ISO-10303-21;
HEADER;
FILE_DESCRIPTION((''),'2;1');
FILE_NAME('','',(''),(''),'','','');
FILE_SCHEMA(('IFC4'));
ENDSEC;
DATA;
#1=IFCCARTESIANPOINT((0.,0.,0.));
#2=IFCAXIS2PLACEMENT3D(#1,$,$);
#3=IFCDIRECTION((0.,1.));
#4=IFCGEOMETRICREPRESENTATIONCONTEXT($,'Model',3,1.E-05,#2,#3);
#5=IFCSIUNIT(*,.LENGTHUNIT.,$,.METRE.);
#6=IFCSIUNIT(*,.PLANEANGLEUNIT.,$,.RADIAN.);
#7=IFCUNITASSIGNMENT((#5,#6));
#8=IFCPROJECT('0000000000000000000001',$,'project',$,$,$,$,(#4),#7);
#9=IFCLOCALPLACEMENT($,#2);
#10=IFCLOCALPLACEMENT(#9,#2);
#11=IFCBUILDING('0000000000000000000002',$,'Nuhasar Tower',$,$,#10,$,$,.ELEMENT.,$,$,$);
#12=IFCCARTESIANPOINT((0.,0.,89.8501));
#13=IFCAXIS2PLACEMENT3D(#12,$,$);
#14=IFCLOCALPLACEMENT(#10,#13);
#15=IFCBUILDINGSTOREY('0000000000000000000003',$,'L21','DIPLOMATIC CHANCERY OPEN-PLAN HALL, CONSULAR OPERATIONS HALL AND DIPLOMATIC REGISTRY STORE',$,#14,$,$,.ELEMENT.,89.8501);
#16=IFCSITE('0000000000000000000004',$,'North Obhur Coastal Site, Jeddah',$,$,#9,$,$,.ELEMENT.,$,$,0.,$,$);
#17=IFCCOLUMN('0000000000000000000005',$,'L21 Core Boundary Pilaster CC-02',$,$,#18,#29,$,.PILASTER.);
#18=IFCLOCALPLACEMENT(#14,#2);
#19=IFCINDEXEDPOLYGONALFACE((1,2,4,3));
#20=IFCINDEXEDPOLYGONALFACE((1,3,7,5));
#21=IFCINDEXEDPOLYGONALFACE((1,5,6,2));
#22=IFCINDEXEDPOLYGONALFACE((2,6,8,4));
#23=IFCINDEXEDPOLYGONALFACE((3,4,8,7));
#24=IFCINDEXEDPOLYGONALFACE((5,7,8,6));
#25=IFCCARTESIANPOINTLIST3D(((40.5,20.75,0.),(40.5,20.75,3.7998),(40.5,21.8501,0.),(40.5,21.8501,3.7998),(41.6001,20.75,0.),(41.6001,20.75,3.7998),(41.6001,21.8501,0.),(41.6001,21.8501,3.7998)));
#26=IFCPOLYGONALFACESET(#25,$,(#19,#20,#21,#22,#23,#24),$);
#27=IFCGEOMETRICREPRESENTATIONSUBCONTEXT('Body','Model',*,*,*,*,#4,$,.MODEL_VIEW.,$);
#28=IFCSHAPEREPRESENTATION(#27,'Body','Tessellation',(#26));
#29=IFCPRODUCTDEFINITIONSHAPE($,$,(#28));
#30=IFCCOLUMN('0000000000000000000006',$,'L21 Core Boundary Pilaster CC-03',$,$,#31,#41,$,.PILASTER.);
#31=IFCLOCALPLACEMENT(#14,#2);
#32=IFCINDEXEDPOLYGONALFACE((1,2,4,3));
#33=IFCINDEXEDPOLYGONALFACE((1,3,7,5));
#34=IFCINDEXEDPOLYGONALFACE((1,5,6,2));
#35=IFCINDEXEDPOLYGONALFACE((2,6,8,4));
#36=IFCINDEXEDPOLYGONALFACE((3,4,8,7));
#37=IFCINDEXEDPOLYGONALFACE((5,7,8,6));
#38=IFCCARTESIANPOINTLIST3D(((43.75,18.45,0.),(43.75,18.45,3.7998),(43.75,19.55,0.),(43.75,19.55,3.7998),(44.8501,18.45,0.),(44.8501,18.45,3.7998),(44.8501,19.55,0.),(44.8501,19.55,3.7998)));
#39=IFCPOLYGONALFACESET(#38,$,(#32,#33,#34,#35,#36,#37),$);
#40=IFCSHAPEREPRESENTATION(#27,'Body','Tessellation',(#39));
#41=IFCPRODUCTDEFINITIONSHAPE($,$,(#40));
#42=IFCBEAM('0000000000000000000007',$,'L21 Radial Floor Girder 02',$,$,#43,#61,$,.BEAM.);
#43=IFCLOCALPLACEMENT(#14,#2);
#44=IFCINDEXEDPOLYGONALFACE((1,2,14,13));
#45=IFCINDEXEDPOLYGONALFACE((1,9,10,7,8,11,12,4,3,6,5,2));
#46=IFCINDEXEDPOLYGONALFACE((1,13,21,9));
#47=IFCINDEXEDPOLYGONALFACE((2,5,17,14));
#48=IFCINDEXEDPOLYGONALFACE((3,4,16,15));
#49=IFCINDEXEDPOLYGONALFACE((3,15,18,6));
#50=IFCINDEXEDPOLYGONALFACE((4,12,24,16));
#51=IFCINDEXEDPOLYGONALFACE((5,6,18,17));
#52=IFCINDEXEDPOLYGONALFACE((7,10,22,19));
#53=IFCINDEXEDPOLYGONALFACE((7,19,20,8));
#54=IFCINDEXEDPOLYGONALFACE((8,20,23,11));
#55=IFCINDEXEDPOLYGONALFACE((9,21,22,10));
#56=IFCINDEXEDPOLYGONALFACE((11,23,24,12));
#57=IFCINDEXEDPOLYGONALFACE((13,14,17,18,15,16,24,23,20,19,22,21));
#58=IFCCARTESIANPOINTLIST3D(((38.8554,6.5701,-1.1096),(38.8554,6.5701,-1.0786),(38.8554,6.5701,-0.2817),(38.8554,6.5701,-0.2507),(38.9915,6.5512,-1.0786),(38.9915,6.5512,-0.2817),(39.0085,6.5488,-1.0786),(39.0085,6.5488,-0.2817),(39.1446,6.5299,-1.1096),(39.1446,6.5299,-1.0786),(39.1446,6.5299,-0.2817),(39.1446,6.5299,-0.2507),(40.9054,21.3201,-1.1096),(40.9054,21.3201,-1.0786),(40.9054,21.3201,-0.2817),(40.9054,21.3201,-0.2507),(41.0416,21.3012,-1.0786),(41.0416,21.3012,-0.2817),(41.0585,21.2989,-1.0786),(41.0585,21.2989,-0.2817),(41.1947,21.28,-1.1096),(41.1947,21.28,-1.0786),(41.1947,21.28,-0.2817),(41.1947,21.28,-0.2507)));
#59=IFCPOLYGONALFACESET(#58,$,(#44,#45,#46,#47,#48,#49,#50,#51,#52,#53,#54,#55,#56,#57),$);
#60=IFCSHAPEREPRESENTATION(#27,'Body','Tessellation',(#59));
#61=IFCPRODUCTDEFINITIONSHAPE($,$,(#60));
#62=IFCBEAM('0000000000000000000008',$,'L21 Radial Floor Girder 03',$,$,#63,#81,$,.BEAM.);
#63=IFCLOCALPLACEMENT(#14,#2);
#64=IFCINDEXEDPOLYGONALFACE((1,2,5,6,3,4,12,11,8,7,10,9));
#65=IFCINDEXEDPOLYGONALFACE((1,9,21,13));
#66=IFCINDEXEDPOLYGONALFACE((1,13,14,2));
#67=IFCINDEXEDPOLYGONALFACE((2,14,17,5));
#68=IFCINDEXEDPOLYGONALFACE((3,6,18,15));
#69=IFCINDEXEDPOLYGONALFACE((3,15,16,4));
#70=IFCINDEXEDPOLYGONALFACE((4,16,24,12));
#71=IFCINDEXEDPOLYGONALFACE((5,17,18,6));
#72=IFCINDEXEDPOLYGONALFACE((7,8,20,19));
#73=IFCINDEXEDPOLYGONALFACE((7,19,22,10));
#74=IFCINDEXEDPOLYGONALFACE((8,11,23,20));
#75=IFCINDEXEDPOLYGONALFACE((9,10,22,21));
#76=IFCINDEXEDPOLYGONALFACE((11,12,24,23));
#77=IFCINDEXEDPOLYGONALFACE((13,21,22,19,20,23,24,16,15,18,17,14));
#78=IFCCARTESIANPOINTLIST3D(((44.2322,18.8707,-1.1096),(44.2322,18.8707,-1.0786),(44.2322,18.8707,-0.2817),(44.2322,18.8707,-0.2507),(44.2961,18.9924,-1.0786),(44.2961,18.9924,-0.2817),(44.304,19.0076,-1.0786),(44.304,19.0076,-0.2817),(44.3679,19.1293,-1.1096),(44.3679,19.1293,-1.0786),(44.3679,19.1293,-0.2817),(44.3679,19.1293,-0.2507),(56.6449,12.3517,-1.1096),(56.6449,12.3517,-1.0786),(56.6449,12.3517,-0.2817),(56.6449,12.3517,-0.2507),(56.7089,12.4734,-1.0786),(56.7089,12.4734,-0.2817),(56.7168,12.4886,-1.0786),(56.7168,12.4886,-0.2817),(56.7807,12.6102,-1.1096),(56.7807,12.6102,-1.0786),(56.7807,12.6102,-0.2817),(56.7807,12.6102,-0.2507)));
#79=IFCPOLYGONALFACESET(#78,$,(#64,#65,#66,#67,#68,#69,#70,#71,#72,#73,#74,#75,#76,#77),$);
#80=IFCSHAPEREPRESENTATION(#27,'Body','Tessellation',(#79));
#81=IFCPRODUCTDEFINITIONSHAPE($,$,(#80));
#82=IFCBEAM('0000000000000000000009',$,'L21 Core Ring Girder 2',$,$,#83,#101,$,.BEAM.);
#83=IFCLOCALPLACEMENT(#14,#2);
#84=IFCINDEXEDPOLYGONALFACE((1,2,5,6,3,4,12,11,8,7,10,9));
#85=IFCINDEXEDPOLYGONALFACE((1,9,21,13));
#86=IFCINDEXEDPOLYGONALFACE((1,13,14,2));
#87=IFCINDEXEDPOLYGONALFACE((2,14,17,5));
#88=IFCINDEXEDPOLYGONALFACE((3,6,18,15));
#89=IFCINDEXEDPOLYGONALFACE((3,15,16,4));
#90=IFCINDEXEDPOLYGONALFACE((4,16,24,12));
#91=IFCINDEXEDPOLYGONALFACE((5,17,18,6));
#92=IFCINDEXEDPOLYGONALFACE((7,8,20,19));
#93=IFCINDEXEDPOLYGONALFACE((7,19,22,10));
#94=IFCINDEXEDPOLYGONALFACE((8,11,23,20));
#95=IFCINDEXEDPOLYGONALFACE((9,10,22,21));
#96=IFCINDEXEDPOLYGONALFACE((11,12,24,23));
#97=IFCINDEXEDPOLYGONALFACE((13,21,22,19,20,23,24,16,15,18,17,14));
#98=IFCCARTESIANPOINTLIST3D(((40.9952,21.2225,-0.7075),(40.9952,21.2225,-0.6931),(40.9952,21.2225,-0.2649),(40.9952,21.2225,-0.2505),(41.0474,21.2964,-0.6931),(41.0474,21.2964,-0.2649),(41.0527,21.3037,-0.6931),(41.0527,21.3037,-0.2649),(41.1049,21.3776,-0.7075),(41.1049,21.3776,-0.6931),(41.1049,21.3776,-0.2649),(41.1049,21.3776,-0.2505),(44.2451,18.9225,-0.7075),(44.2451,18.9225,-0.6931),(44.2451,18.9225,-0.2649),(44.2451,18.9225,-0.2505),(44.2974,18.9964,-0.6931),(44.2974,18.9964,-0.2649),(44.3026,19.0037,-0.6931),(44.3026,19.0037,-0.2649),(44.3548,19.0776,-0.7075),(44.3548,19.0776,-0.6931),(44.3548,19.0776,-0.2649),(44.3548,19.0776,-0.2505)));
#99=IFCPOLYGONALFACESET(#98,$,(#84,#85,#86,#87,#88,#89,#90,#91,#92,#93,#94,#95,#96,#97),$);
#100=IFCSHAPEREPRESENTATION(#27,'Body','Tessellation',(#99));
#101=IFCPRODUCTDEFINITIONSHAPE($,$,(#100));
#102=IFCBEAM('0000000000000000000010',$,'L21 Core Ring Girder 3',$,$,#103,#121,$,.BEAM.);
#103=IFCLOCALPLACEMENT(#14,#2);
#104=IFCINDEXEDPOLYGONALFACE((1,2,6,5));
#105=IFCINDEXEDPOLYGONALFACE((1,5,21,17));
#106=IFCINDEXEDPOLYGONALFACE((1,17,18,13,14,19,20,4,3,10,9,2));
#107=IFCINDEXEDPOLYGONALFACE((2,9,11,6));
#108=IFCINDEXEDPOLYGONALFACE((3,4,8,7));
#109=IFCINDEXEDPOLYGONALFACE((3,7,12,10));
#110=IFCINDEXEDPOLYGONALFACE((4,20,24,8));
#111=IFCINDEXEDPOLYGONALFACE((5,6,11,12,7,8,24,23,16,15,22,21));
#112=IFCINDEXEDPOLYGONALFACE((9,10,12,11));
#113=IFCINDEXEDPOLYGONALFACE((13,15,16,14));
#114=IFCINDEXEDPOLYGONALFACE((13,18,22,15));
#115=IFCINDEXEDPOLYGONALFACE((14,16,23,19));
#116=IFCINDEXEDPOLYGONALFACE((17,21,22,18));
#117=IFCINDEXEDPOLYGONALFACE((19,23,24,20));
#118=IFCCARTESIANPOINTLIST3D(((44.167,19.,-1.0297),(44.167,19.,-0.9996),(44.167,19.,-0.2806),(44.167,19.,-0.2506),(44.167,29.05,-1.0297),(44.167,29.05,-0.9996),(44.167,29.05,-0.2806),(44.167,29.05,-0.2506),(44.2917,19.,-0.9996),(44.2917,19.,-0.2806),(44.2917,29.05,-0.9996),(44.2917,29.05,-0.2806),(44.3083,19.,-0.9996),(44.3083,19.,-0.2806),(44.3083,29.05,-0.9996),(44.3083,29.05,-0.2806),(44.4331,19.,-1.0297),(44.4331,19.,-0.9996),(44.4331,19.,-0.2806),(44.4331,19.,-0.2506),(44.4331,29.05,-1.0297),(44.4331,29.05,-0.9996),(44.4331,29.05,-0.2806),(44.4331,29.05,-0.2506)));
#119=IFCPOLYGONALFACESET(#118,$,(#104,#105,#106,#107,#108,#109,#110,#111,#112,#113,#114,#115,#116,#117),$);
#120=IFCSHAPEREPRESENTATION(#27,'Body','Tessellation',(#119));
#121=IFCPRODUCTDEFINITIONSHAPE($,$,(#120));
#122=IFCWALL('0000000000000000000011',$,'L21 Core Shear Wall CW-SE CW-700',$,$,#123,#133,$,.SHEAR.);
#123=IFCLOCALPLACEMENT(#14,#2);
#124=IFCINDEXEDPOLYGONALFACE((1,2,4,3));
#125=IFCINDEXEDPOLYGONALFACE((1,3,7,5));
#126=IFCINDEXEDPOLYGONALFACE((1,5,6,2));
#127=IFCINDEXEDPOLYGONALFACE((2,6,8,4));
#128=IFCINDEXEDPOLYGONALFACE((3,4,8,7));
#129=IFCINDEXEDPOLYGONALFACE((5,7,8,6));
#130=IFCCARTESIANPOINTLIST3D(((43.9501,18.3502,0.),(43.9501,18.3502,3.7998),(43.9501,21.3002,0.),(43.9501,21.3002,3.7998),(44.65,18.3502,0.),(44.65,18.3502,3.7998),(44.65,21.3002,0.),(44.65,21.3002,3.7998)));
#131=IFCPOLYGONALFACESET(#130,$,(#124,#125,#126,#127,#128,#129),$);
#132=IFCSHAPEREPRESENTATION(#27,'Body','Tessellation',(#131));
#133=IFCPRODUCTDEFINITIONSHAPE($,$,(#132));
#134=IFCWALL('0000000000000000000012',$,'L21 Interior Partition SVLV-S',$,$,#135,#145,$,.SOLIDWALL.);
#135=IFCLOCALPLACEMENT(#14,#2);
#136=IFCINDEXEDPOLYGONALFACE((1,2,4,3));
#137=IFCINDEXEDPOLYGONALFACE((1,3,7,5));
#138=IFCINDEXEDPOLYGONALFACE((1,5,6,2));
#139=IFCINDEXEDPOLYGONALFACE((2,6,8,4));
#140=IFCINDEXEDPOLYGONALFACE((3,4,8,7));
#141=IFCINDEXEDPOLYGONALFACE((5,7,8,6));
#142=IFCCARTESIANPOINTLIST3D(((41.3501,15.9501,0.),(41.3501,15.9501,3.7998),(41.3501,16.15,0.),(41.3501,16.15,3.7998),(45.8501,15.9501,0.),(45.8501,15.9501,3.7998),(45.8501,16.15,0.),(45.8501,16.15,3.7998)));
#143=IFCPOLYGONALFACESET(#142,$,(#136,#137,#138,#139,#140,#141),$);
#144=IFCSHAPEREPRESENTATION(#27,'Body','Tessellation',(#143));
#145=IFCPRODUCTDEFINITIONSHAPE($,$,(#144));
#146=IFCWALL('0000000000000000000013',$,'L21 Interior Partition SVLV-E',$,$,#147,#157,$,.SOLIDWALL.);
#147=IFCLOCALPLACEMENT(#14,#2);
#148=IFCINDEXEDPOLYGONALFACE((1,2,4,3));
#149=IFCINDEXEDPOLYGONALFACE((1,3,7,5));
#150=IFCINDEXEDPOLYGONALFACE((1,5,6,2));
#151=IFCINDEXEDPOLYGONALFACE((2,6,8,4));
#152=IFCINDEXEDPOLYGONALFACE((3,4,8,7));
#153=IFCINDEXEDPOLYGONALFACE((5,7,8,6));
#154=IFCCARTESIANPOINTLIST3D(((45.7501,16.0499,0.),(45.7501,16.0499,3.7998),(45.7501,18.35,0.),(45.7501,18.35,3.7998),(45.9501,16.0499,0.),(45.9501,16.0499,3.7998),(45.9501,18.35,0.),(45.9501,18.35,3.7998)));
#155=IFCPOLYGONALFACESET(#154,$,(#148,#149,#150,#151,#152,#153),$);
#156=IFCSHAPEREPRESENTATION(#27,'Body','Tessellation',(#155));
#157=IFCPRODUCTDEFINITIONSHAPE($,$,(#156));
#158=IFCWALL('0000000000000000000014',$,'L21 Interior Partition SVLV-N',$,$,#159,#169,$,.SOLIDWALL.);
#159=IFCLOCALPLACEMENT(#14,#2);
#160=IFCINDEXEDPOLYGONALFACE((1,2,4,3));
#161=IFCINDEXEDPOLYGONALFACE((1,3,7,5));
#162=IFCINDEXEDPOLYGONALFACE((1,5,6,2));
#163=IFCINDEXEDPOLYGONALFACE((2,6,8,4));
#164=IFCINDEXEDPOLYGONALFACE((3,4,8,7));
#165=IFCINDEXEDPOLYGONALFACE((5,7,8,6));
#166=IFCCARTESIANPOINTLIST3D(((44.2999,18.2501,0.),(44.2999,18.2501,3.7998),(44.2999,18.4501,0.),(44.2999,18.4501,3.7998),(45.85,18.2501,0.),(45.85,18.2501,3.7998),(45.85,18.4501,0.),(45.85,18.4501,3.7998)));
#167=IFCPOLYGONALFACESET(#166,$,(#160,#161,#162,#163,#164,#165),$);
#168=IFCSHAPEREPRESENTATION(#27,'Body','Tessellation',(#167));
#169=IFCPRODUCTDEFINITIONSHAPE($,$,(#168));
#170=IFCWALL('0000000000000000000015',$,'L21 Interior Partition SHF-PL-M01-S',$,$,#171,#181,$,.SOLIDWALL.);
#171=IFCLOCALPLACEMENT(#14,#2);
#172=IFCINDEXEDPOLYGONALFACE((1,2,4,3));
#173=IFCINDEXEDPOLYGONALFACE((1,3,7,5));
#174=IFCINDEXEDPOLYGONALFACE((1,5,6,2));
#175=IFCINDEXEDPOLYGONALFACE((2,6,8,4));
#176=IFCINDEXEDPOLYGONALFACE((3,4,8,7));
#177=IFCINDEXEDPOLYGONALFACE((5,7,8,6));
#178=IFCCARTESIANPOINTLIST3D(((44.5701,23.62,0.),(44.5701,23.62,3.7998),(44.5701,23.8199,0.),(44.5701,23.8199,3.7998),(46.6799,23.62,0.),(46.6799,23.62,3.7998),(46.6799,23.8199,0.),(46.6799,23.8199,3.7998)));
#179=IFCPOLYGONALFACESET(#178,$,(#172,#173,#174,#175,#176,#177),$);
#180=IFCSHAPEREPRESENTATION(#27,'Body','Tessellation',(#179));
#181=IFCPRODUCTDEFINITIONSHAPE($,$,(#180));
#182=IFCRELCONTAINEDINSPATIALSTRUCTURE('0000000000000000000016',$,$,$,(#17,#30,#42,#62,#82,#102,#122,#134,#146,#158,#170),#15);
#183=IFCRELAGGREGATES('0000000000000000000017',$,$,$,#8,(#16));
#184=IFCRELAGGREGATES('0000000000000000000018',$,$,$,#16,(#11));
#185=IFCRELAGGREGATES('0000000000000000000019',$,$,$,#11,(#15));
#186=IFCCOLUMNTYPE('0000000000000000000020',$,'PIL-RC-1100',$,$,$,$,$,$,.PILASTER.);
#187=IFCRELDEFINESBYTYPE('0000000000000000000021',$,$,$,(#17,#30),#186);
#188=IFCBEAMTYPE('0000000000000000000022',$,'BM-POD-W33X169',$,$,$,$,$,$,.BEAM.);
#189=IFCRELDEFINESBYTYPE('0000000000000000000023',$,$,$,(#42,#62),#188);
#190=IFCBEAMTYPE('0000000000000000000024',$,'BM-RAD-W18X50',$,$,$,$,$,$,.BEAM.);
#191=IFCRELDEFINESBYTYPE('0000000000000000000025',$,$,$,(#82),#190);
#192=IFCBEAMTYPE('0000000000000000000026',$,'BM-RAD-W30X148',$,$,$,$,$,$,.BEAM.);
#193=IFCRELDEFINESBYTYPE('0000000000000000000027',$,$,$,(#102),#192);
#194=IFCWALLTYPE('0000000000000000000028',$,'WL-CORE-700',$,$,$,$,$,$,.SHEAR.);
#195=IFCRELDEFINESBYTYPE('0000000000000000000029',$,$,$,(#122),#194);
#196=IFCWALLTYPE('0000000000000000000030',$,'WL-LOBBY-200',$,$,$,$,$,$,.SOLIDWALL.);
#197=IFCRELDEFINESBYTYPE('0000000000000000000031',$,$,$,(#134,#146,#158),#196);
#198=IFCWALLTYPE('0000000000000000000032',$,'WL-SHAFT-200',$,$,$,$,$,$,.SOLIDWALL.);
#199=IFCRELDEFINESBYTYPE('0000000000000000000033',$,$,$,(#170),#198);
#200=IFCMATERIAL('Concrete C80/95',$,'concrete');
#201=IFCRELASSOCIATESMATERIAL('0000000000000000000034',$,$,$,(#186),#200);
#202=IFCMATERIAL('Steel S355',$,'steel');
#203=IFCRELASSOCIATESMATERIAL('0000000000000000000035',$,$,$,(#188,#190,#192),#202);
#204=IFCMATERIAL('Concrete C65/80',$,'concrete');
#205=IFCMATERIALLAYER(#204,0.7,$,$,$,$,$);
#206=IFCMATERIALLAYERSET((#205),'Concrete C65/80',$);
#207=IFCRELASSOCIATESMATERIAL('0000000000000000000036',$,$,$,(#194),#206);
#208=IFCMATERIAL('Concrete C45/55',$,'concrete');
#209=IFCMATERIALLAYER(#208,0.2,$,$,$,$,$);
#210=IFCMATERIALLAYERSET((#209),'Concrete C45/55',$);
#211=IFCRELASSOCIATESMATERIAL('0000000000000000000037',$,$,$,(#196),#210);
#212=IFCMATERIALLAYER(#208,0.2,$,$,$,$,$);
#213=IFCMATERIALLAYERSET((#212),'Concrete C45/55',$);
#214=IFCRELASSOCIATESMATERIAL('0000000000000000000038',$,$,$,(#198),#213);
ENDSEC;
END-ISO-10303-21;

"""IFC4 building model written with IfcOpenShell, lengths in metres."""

from ifc_helpers import new_model, si_unit, direction, frame, frame_2d, origin, origin_2d, place, context, subcontext, project, spatial, rectangle, i_section, extrude, material, layer, layer_set, material_profile, profile_set, type_object, element, save


model = new_model("IFC4")

# Units and contexts
model_context = context("Model", 3, precision=1e-05, world=origin(), true_north=direction((0.0, 1.0)))
body_context = subcontext(model_context, "Body", "Model", "MODEL_VIEW")
ifc_project = project(units=[si_unit("LENGTHUNIT", "METRE"), si_unit("PLANEANGLEUNIT", "RADIAN")], contexts=[model_context])

# Site, building, storey
site_placement = place(None, origin())
site = spatial("IfcSite", under=ifc_project, at=site_placement, Name="North Obhur Coastal Site, Jeddah", CompositionType="ELEMENT", RefElevation=0.0)
building_placement = place(site_placement, origin())
building = spatial("IfcBuilding", under=site, at=building_placement, Name="Nuhasar Tower", CompositionType="ELEMENT")
storey_placement = place(building_placement, frame((0.0, 0.0, 89.8501)))
storey = spatial("IfcBuildingStorey", under=building, at=storey_placement, Name="L21", Description="DIPLOMATIC CHANCERY OPEN-PLAN HALL, CONSULAR OPERATIONS HALL AND DIPLOMATIC REGISTRY STORE", CompositionType="ELEMENT", Elevation=89.8501)

# Columns
ifc_material_1 = material(Name="Concrete C80/95", Category="concrete")
ifc_material_profile_1 = material_profile(ifc_material_1, rectangle(XDim=1.1001, YDim=1.1001, at=origin_2d()), Name="RC1100X1100")
ifc_profile_set_1 = profile_set([ifc_material_profile_1], Name="Concrete C80/95")
column_type = type_object("IfcColumnType", Name="PIL-RC-1100", PredefinedType="PILASTER", material=ifc_profile_set_1)
for number, where, z_axis, x_axis, name in (
    (1, (41.05, 21.3, 0.0), (0.0, 0.0, 1.0), (1.0, 0.0, 0.0), "L21 Core Boundary Pilaster CC-02"),
    (2, (44.3, 19.0, 0.0), (0.0, 0.0, 1.0), (1.0, 0.0, 0.0), "L21 Core Boundary Pilaster CC-03"),
):
    element("IfcColumn", number, at=place(storey_placement, frame(where, z_axis=z_axis, x_axis=x_axis)), inside=storey, type_object=column_type, Name=name, PredefinedType="PILASTER", context=body_context, shape_type="SweptSolid", body=[
        extrude(rectangle(XDim=1.1001, YDim=1.1001, at=origin_2d()), origin(), (0.0, 0.0, 1.0), 3.7998),
    ])

# Beams
ifc_material_2 = material(Name="Steel S355", Category="steel")
ifc_material_profile_2 = material_profile(ifc_material_2, i_section(OverallWidth=0.292, OverallDepth=0.8589, WebThickness=0.0171, FlangeThickness=0.031, at=origin_2d()), Name="W33X169")
ifc_profile_set_2 = profile_set([ifc_material_profile_2], Name="Steel S355")
beam_type_1 = type_object("IfcBeamType", Name="BM-POD-W33X169", PredefinedType="BEAM", material=ifc_profile_set_2)
beam_1_placement = place(storey_placement, frame((41.05, 21.3, -0.6802), z_axis=(-0.137663, -0.990479, 0.0), x_axis=(0.990479, -0.137663, 0.0)))
element("IfcBeam", 3, at=beam_1_placement, inside=storey, type_object=beam_type_1, Name="L21 Radial Floor Girder 02", PredefinedType="BEAM", context=body_context, shape_type="SweptSolid", body=[
    extrude(i_section(OverallWidth=0.292, OverallDepth=0.8589, WebThickness=0.0171, FlangeThickness=0.031, at=origin_2d()), origin(), (0.0, 0.0, 1.0), 14.8918),
])
beam_2_placement = place(storey_placement, frame((44.3, 19.0, -0.6802), z_axis=(0.88533, -0.464963, 0.0), x_axis=(0.464963, 0.88533, 0.0)))
element("IfcBeam", 4, at=beam_2_placement, inside=storey, type_object=beam_type_1, Name="L21 Radial Floor Girder 03", PredefinedType="BEAM", context=body_context, shape_type="SweptSolid", body=[
    extrude(i_section(OverallWidth=0.292, OverallDepth=0.8589, WebThickness=0.0171, FlangeThickness=0.031, at=origin_2d()), origin(), (0.0, 0.0, 1.0), 14.0205),
])
ifc_material_profile_3 = material_profile(ifc_material_2, i_section(OverallWidth=0.1899, OverallDepth=0.457, WebThickness=0.009, FlangeThickness=0.0144, at=origin_2d()), Name="W18X50")
ifc_profile_set_3 = profile_set([ifc_material_profile_3], Name="Steel S355")
beam_type_2 = type_object("IfcBeamType", Name="BM-RAD-W18X50", PredefinedType="BEAM", material=ifc_profile_set_3)
beam_3_placement = place(storey_placement, frame((41.05, 21.3, -0.479), z_axis=(0.816265, -0.577677, 0.0), x_axis=(0.577677, 0.816265, 0.0)))
element("IfcBeam", 5, at=beam_3_placement, inside=storey, type_object=beam_type_2, Name="L21 Core Ring Girder 2", PredefinedType="BEAM", context=body_context, shape_type="SweptSolid", body=[
    extrude(i_section(OverallWidth=0.1899, OverallDepth=0.457, WebThickness=0.009, FlangeThickness=0.0144, at=origin_2d()), origin(), (0.0, 0.0, 1.0), 3.9814),
])
ifc_material_profile_4 = material_profile(ifc_material_2, i_section(OverallWidth=0.2661, OverallDepth=0.7791, WebThickness=0.0166, FlangeThickness=0.03, at=origin_2d()), Name="W30X148")
ifc_profile_set_4 = profile_set([ifc_material_profile_4], Name="Steel S355")
beam_type_3 = type_object("IfcBeamType", Name="BM-RAD-W30X148", PredefinedType="BEAM", material=ifc_profile_set_4)
beam_4_placement = place(storey_placement, frame((44.3, 19.0, -0.6401), z_axis=(0.0, 1.0, 0.0), x_axis=(-1.0, 0.0, 0.0)))
element("IfcBeam", 6, at=beam_4_placement, inside=storey, type_object=beam_type_3, Name="L21 Core Ring Girder 3", PredefinedType="BEAM", context=body_context, shape_type="SweptSolid", body=[
    extrude(i_section(OverallWidth=0.2661, OverallDepth=0.7791, WebThickness=0.0166, FlangeThickness=0.03, at=origin_2d()), origin(), (0.0, 0.0, 1.0), 10.05),
])

# Wall
ifc_material_3 = material(Name="Concrete C65/80", Category="concrete")
ifc_layer_1 = layer(ifc_material_3, 0.7)
ifc_layer_set_1 = layer_set([ifc_layer_1], Name="Concrete C65/80")
wall_type_1 = type_object("IfcWallType", Name="WL-CORE-700", PredefinedType="SHEAR", material=ifc_layer_set_1)
wall_1_placement = place(storey_placement, frame((44.3, 18.3501, 0.0), z_axis=(0.0, 0.0, 1.0), x_axis=(0.0, 1.0, 0.0)))
element("IfcWall", 7, at=wall_1_placement, inside=storey, type_object=wall_type_1, Name="L21 Core Shear Wall CW-SE CW-700", PredefinedType="SHEAR", context=body_context, shape_type="SweptSolid", body=[
    extrude(rectangle(XDim=2.95, YDim=0.7, at=frame_2d((1.4751, 0.0))), origin(), (0.0, 0.0, 1.0), 3.7998),
])

# Shared definitions
ifc_material_4 = material(Name="Concrete C45/55", Category="concrete")
ifc_layer_2 = layer(ifc_material_4, 0.2)
ifc_layer_set_2 = layer_set([ifc_layer_2], Name="Concrete C45/55")
wall_type_2 = type_object("IfcWallType", Name="WL-LOBBY-200", PredefinedType="SOLIDWALL", material=ifc_layer_set_2)

# Walls
wall_2_placement = place(storey_placement, frame((41.3501, 16.05, 0.0), z_axis=(0.0, 0.0, 1.0), x_axis=(1.0, 0.0, 0.0)))
element("IfcWall", 8, at=wall_2_placement, inside=storey, type_object=wall_type_2, Name="L21 Interior Partition SVLV-S", PredefinedType="SOLIDWALL", context=body_context, shape_type="SweptSolid", body=[
    extrude(rectangle(XDim=4.5, YDim=0.2, at=frame_2d((2.25, 0.0))), origin(), (0.0, 0.0, 1.0), 3.7998),
])
wall_3_placement = place(storey_placement, frame((45.8501, 16.05, 0.0), z_axis=(0.0, 0.0, 1.0), x_axis=(0.0, 1.0, 0.0)))
element("IfcWall", 9, at=wall_3_placement, inside=storey, type_object=wall_type_2, Name="L21 Interior Partition SVLV-E", PredefinedType="SOLIDWALL", context=body_context, shape_type="SweptSolid", body=[
    extrude(rectangle(XDim=2.3, YDim=0.2, at=frame_2d((1.1499, 0.0))), origin(), (0.0, 0.0, 1.0), 3.7998),
])
wall_4_placement = place(storey_placement, frame((44.3, 18.3501, 0.0), z_axis=(0.0, 0.0, 1.0), x_axis=(1.0, 0.0, 0.0)))
element("IfcWall", 10, at=wall_4_placement, inside=storey, type_object=wall_type_2, Name="L21 Interior Partition SVLV-N", PredefinedType="SOLIDWALL", context=body_context, shape_type="SweptSolid", body=[
    extrude(rectangle(XDim=1.55, YDim=0.2, at=frame_2d((0.7749, 0.0))), origin(), (0.0, 0.0, 1.0), 3.7998),
])
ifc_layer_3 = layer(ifc_material_4, 0.2)
ifc_layer_set_3 = layer_set([ifc_layer_3], Name="Concrete C45/55")
wall_type_3 = type_object("IfcWallType", Name="WL-SHAFT-200", PredefinedType="SOLIDWALL", material=ifc_layer_set_3)
wall_5_placement = place(storey_placement, frame((44.5701, 23.72, 0.0), z_axis=(0.0, 0.0, 1.0), x_axis=(1.0, 0.0, 0.0)))
element("IfcWall", 11, at=wall_5_placement, inside=storey, type_object=wall_type_3, Name="L21 Interior Partition SHF-PL-M01-S", PredefinedType="SOLIDWALL", context=body_context, shape_type="SweptSolid", body=[
    extrude(rectangle(XDim=2.1099, YDim=0.2, at=frame_2d((1.0549, 0.0))), origin(), (0.0, 0.0, 1.0), 3.7998),
])

save(model, "model.ifc")
